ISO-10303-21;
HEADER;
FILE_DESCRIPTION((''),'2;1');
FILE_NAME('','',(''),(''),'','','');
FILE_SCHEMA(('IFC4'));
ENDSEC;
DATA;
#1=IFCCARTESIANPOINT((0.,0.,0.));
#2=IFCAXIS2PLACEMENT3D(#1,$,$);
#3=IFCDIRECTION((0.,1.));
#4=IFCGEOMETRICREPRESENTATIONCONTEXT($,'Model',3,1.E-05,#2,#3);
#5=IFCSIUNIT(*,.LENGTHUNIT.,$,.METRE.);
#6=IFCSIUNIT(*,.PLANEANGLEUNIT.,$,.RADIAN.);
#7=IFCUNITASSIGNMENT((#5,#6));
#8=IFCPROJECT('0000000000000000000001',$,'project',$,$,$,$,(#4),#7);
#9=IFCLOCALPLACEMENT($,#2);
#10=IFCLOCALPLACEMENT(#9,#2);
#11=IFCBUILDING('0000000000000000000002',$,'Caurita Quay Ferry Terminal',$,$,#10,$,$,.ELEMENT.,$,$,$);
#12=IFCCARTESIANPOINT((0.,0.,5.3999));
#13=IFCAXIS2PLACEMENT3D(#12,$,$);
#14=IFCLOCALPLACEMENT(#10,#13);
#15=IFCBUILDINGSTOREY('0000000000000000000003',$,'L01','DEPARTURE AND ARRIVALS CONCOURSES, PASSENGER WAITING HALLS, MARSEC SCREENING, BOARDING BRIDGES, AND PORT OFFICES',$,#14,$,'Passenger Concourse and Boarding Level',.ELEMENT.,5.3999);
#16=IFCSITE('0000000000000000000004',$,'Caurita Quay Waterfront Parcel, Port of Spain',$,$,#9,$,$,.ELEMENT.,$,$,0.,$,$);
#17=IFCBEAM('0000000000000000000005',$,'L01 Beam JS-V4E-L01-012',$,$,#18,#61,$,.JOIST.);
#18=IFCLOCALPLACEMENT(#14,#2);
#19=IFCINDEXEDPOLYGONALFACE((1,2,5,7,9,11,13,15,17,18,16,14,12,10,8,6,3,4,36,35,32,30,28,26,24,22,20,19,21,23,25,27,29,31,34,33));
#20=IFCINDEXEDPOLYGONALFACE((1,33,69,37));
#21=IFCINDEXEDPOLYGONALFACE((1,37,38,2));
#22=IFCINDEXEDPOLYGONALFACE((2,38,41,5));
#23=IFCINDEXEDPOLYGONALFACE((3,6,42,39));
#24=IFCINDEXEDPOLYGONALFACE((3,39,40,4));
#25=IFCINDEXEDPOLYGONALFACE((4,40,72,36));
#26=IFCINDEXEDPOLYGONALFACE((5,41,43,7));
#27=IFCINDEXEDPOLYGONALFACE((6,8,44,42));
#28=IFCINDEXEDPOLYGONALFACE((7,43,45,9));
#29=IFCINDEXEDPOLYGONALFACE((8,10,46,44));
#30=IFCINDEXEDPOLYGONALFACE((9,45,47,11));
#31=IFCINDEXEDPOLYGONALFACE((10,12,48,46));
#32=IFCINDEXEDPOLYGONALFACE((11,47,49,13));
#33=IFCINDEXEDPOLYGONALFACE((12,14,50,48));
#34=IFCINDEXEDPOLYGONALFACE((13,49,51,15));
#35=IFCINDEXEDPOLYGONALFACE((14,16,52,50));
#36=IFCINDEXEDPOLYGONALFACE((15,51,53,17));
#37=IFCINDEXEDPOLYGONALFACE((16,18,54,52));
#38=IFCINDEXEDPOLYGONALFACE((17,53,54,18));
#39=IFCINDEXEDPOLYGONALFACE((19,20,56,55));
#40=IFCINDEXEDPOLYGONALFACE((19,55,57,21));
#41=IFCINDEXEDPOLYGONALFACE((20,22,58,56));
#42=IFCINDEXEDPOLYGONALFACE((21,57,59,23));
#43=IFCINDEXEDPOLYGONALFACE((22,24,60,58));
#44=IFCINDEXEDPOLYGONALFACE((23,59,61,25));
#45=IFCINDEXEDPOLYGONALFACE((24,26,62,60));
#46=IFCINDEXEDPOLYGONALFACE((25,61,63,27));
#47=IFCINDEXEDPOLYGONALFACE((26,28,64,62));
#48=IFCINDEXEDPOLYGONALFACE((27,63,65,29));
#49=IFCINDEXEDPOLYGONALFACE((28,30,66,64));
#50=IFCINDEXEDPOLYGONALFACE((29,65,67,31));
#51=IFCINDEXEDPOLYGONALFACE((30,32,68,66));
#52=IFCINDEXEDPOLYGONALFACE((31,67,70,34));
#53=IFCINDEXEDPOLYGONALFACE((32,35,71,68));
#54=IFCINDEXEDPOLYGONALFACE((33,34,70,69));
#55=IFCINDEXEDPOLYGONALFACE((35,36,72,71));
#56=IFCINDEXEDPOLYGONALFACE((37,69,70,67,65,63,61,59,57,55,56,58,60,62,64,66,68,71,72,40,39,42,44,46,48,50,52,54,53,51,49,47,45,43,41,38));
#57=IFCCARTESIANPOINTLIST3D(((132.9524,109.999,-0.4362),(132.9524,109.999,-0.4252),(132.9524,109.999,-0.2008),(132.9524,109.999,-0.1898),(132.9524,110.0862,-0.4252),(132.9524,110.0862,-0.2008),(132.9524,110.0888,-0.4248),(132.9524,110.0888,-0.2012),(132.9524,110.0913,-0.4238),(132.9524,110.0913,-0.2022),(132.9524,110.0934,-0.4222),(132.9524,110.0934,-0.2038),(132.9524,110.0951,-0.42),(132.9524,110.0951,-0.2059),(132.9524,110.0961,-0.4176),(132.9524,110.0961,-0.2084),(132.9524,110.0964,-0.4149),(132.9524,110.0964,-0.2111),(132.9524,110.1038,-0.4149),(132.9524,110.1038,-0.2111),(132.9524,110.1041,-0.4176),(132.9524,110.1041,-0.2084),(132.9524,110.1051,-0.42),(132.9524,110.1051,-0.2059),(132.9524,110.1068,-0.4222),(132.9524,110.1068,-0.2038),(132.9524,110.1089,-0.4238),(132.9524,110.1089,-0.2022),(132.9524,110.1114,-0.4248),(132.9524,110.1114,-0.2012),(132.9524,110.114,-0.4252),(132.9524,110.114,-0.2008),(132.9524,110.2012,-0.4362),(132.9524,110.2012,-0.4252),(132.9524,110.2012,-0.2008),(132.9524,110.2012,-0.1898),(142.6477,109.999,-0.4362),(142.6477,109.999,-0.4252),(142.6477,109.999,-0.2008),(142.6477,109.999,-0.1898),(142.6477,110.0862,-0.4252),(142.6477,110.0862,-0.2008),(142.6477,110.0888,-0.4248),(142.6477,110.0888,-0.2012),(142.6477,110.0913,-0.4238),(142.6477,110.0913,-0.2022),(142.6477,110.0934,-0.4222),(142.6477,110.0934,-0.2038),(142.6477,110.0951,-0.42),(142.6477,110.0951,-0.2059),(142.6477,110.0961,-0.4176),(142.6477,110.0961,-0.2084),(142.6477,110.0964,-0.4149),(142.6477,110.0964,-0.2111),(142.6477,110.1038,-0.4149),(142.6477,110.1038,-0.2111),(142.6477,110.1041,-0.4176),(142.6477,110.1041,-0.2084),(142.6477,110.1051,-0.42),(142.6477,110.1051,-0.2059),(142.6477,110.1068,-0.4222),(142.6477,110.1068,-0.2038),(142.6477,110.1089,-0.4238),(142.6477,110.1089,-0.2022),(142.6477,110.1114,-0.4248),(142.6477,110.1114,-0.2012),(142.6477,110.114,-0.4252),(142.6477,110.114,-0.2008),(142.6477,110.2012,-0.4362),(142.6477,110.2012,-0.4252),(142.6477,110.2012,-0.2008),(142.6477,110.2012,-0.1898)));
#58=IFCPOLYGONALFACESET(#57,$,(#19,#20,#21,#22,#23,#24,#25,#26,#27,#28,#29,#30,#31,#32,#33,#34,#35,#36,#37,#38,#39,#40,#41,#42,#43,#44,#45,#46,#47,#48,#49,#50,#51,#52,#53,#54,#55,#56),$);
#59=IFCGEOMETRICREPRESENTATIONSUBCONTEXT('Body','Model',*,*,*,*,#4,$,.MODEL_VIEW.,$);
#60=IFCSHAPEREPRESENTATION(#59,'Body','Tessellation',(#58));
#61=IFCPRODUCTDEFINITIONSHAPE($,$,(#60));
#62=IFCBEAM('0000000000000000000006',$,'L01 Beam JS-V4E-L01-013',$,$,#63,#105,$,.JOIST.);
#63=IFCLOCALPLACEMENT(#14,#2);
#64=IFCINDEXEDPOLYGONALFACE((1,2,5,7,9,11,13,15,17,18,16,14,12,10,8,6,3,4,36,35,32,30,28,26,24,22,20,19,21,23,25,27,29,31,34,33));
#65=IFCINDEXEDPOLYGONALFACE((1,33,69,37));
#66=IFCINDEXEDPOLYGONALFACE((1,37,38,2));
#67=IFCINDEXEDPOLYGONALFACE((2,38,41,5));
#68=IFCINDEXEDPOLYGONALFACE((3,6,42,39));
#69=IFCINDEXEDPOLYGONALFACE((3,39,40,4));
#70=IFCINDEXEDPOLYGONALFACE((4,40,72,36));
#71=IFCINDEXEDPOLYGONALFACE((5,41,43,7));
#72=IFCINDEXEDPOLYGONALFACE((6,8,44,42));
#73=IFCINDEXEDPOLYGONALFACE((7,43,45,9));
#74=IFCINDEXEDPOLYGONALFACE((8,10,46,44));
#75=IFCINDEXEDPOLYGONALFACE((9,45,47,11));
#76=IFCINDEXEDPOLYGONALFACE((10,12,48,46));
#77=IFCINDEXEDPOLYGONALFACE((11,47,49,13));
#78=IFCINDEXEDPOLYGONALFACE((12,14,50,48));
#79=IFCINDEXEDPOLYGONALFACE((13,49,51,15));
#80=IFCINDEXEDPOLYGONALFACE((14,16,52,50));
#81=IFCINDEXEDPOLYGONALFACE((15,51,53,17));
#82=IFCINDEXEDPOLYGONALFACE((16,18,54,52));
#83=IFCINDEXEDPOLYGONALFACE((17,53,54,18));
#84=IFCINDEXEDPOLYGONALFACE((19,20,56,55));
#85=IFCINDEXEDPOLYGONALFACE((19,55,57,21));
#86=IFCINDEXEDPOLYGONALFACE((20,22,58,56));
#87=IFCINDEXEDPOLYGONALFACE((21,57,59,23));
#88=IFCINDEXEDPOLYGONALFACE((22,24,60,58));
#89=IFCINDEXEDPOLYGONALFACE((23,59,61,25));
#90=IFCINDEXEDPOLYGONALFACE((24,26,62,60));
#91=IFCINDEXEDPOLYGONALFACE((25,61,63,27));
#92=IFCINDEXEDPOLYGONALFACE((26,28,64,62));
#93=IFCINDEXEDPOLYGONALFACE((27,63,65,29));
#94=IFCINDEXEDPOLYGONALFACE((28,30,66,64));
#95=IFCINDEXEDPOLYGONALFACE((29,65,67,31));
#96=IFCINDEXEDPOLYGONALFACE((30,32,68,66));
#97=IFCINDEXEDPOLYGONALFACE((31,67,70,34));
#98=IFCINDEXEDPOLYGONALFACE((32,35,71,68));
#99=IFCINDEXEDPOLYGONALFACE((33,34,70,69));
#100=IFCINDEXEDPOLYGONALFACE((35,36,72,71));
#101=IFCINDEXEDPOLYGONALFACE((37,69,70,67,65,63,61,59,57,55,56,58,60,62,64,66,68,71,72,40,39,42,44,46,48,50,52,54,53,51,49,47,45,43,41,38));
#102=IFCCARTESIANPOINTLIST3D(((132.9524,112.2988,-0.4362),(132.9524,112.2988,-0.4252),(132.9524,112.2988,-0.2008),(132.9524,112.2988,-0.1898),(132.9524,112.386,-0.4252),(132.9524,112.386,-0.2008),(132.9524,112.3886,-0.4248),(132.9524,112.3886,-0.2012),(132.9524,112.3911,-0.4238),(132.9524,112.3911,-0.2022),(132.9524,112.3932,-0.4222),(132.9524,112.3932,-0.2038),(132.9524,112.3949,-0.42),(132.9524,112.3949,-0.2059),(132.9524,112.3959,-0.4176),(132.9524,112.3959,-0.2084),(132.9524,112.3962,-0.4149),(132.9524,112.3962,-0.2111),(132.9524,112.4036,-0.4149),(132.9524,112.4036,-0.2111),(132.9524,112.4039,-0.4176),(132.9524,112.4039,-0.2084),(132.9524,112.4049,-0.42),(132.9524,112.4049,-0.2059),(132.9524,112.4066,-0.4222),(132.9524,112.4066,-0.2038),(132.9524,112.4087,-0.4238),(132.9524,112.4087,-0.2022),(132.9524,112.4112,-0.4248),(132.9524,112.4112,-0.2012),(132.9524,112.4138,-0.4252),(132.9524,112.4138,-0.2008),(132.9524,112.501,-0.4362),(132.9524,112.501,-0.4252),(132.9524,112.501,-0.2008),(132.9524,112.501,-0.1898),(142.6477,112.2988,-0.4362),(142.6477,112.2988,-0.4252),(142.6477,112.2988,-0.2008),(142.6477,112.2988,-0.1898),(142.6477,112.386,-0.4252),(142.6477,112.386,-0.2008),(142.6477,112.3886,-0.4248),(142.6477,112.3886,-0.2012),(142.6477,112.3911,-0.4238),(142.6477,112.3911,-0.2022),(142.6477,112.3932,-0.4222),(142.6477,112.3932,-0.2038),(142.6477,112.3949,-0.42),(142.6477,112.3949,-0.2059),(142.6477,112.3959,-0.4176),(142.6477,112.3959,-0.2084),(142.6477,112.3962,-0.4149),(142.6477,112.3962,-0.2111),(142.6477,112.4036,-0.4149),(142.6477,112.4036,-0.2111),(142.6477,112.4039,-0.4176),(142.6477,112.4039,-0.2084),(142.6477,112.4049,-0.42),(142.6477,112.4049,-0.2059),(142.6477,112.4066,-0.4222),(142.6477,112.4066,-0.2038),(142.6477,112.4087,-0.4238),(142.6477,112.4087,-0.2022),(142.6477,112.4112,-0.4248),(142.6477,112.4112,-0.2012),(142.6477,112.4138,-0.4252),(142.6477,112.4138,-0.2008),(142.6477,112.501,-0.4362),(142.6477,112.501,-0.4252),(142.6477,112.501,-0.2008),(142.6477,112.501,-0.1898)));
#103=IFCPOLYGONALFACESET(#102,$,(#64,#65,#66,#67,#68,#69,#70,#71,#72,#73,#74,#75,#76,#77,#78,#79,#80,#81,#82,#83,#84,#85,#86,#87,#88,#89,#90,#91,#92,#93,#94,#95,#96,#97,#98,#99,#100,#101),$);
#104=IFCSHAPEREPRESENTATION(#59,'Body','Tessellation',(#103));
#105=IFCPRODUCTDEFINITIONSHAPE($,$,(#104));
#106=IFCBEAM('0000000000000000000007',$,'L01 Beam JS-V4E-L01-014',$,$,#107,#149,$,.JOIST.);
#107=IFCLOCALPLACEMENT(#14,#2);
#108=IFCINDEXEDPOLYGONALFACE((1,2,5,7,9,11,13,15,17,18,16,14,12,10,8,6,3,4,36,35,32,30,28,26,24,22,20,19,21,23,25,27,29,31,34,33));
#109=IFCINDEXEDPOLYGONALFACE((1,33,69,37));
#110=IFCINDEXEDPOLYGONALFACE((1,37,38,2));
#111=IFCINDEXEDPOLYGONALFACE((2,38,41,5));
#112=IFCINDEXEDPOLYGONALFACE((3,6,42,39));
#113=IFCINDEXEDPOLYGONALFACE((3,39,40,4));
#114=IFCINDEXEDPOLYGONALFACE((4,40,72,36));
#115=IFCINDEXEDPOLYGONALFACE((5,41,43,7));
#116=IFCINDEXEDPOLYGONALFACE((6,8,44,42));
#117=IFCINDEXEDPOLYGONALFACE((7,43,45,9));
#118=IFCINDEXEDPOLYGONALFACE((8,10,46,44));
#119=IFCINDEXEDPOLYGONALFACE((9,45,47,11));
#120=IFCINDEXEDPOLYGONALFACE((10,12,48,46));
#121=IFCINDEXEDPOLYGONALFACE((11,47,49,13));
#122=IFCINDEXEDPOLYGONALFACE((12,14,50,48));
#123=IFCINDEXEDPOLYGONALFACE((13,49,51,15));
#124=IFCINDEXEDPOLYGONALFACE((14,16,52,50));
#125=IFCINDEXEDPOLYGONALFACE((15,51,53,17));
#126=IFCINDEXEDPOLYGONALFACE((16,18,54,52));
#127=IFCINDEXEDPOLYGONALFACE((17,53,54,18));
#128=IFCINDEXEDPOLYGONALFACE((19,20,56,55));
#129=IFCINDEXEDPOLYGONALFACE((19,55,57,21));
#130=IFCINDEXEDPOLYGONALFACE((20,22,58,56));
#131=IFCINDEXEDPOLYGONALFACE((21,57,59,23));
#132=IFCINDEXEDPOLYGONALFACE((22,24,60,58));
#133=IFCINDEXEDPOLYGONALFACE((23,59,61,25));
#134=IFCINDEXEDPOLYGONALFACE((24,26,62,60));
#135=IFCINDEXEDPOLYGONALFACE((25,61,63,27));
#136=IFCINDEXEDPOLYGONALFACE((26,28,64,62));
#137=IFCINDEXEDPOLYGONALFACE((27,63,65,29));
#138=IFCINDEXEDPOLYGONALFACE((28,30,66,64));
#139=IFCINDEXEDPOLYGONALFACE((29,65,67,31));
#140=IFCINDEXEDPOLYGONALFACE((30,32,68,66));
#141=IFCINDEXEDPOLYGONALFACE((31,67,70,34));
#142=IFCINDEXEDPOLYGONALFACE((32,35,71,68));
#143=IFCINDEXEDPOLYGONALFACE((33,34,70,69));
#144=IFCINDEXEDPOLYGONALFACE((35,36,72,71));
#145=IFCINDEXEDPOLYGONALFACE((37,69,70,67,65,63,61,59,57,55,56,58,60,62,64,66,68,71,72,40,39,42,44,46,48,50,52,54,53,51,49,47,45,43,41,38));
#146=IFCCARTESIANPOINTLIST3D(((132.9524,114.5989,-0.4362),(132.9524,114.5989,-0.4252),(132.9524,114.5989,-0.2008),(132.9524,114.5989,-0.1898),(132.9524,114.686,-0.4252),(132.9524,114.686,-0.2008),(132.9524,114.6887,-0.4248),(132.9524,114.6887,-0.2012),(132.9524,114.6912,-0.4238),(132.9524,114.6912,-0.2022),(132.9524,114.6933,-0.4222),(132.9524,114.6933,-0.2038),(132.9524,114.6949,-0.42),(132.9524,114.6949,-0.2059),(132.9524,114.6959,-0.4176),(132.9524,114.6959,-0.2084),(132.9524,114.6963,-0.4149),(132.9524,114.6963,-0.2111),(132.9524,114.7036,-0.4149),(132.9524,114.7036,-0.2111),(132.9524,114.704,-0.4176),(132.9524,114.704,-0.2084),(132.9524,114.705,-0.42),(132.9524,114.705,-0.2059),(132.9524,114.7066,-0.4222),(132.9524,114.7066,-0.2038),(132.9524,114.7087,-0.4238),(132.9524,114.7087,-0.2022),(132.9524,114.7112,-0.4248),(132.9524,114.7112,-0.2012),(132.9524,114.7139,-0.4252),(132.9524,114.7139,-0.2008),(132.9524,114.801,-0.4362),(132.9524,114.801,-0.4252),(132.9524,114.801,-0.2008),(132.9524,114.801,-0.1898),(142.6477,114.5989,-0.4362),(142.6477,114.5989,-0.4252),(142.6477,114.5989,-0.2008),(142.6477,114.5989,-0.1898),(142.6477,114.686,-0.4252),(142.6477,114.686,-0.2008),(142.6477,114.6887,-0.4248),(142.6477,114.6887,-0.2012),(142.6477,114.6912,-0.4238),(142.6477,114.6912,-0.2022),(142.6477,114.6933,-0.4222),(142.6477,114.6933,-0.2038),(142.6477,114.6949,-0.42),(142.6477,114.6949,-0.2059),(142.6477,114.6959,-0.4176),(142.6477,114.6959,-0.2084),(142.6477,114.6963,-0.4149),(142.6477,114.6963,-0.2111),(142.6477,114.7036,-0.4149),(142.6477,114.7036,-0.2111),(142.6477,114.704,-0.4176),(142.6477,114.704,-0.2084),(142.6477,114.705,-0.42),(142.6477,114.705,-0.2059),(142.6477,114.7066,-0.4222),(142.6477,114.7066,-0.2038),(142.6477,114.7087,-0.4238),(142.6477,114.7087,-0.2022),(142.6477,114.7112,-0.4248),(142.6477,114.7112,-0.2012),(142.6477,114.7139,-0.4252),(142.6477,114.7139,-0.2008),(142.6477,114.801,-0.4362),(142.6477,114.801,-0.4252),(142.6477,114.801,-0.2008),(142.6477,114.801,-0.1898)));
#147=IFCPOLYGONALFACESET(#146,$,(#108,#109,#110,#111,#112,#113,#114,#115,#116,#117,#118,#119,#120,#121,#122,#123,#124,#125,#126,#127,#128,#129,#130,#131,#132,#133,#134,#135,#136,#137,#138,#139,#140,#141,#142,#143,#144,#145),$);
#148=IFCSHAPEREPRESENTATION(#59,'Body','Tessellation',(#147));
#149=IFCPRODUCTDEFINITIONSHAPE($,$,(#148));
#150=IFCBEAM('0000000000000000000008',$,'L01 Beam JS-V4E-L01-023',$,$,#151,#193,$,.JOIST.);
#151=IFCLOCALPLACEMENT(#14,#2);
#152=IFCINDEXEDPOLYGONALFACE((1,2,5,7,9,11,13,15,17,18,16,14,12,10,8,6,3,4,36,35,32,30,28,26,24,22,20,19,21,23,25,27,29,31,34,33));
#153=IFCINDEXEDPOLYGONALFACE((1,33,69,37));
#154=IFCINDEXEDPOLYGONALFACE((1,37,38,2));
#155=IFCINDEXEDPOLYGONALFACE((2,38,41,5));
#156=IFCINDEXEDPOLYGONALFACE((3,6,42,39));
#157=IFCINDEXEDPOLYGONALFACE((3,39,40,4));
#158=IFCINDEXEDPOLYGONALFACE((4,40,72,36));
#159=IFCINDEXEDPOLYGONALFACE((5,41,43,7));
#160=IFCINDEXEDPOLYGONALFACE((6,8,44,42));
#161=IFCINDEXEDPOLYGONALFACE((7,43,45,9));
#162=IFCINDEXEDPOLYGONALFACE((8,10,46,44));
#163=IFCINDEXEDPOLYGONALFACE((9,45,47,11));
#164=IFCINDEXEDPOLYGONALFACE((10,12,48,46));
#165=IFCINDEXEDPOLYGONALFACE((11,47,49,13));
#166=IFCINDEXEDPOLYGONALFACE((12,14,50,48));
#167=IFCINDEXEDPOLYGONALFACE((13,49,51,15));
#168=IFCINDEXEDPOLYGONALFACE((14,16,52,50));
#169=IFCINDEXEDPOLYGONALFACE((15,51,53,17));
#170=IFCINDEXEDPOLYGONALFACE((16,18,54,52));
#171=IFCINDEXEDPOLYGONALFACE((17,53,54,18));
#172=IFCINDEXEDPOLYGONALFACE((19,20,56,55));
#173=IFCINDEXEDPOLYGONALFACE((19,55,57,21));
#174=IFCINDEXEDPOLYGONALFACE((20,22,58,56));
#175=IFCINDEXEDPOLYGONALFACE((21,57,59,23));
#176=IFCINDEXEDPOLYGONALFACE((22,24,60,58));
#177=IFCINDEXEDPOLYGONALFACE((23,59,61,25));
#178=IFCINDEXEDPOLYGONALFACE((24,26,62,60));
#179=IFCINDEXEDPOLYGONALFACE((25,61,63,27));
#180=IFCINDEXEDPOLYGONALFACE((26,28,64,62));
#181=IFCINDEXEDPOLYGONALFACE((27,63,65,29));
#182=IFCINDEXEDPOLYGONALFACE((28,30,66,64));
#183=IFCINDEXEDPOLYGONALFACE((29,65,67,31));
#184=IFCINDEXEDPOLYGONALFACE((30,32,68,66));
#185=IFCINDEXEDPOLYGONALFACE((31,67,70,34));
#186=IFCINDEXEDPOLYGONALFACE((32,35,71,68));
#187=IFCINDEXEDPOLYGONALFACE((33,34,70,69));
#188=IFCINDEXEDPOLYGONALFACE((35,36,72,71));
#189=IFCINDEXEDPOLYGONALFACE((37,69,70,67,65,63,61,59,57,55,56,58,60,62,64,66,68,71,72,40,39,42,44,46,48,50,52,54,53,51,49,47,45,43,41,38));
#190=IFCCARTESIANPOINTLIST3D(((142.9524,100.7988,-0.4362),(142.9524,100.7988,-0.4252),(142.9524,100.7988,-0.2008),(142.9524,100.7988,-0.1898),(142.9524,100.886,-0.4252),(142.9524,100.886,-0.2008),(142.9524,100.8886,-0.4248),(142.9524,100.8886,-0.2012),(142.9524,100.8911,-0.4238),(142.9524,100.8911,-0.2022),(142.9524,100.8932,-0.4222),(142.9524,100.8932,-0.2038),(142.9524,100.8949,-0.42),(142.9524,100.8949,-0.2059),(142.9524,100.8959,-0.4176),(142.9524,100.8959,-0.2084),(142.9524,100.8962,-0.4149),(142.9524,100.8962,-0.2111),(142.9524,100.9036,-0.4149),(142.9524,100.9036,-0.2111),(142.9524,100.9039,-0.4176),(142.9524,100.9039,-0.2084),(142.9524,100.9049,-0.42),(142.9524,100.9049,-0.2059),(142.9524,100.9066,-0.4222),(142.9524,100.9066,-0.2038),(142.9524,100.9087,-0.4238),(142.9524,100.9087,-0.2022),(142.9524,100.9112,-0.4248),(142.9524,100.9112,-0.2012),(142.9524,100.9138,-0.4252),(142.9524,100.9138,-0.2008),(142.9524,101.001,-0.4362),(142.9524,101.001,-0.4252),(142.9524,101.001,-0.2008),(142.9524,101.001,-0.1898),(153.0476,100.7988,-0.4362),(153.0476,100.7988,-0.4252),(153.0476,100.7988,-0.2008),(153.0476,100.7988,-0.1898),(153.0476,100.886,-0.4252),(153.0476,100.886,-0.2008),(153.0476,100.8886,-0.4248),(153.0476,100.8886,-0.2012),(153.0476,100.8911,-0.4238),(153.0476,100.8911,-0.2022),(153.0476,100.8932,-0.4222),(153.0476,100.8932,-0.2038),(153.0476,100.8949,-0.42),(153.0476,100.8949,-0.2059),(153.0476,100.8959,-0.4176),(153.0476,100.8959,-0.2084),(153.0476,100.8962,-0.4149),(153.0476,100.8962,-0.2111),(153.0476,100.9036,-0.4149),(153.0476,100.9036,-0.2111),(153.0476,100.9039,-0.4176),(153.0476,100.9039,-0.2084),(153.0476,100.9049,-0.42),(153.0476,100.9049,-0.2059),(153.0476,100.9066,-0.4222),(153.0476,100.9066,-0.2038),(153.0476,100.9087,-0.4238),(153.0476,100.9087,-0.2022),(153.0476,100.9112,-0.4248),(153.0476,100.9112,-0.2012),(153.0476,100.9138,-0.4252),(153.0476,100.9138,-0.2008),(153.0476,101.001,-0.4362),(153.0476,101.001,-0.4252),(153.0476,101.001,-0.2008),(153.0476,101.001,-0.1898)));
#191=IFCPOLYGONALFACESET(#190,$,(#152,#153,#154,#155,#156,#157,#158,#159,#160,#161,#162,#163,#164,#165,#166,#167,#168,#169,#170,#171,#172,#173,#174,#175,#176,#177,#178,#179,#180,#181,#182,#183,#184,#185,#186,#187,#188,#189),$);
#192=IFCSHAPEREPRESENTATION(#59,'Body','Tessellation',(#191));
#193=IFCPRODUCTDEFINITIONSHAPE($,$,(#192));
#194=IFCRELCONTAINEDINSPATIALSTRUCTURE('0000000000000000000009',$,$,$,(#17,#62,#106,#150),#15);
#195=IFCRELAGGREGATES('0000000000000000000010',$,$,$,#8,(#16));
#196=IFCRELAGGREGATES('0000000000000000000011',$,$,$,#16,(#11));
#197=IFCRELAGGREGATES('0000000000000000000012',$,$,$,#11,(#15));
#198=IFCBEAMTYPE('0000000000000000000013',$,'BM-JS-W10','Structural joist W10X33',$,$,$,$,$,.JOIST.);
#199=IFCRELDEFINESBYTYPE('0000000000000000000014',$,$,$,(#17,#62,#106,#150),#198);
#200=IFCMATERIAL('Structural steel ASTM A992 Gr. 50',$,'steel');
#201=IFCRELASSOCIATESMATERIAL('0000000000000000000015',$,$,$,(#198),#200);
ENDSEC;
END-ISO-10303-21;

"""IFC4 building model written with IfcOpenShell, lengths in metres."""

from ifc_helpers import new_model, si_unit, direction, frame, origin, origin_2d, place, context, subcontext, project, spatial, i_section, extrude, material, material_profile, profile_set, type_object, element, save


model = new_model("IFC4")

# Units and contexts
model_context = context("Model", 3, precision=1e-05, world=origin(), true_north=direction((0.0, 1.0)))
body_context = subcontext(model_context, "Body", "Model", "MODEL_VIEW")
ifc_project = project(units=[si_unit("LENGTHUNIT", "METRE"), si_unit("PLANEANGLEUNIT", "RADIAN")], contexts=[model_context])

# Site, building, storey
site_placement = place(None, origin())
site = spatial("IfcSite", under=ifc_project, at=site_placement, Name="Caurita Quay Waterfront Parcel, Port of Spain", CompositionType="ELEMENT", RefElevation=0.0)
building_placement = place(site_placement, origin())
building = spatial("IfcBuilding", under=site, at=building_placement, Name="Caurita Quay Ferry Terminal", CompositionType="ELEMENT")
storey_placement = place(building_placement, frame((0.0, 0.0, 5.3999)))
storey = spatial("IfcBuildingStorey", under=building, at=storey_placement, Name="L01", Description="DEPARTURE AND ARRIVALS CONCOURSES, PASSENGER WAITING HALLS, MARSEC SCREENING, BOARDING BRIDGES, AND PORT OFFICES", LongName="Passenger Concourse and Boarding Level", CompositionType="ELEMENT", Elevation=5.3999)

# Beams
ifc_material_1 = material(Name="Structural steel ASTM A992 Gr. 50", Category="steel")
ifc_material_profile_1 = material_profile(ifc_material_1, i_section(OverallWidth=0.2021, OverallDepth=0.2463, WebThickness=0.0073, FlangeThickness=0.011, FilletRadius=0.0103, at=origin_2d()), Name="W10X33")
ifc_profile_set_1 = profile_set([ifc_material_profile_1], Name="Structural steel ASTM A992 Gr. 50")
beam_type_1 = type_object("IfcBeamType", Name="BM-JS-W10", Description="Structural joist W10X33", PredefinedType="JOIST", material=ifc_profile_set_1)
for number, where, z_axis, x_axis, name in (
    (1, (132.9524, 110.1001, -0.313), (1.0, 0.0, 0.0), (0.0, 1.0, 0.0), "L01 Beam JS-V4E-L01-012"),
    (2, (132.9524, 112.3999, -0.313), (1.0, 0.0, 0.0), (0.0, 1.0, 0.0), "L01 Beam JS-V4E-L01-013"),
    (3, (132.9524, 114.7, -0.313), (1.0, 0.0, 0.0), (0.0, 1.0, 0.0), "L01 Beam JS-V4E-L01-014"),
):
    element("IfcBeam", number, at=place(storey_placement, frame(where, z_axis=z_axis, x_axis=x_axis)), inside=storey, type_object=beam_type_1, Name=name, PredefinedType="JOIST", context=body_context, shape_type="SweptSolid", body=[
        extrude(i_section(OverallWidth=0.2021, OverallDepth=0.2463, WebThickness=0.0073, FlangeThickness=0.011, FilletRadius=0.0103, at=origin_2d()), origin(), (0.0, 0.0, 1.0), 9.6953),
    ])
beam_1_placement = place(storey_placement, frame((142.9524, 100.8999, -0.313), z_axis=(1.0, 0.0, 0.0), x_axis=(0.0, 1.0, 0.0)))
element("IfcBeam", 4, at=beam_1_placement, inside=storey, type_object=beam_type_1, Name="L01 Beam JS-V4E-L01-023", PredefinedType="JOIST", context=body_context, shape_type="SweptSolid", body=[
    extrude(i_section(OverallWidth=0.2021, OverallDepth=0.2463, WebThickness=0.0073, FlangeThickness=0.011, FilletRadius=0.0103, at=origin_2d()), origin(), (0.0, 0.0, 1.0), 10.0952),
])

save(model, "model.ifc")
